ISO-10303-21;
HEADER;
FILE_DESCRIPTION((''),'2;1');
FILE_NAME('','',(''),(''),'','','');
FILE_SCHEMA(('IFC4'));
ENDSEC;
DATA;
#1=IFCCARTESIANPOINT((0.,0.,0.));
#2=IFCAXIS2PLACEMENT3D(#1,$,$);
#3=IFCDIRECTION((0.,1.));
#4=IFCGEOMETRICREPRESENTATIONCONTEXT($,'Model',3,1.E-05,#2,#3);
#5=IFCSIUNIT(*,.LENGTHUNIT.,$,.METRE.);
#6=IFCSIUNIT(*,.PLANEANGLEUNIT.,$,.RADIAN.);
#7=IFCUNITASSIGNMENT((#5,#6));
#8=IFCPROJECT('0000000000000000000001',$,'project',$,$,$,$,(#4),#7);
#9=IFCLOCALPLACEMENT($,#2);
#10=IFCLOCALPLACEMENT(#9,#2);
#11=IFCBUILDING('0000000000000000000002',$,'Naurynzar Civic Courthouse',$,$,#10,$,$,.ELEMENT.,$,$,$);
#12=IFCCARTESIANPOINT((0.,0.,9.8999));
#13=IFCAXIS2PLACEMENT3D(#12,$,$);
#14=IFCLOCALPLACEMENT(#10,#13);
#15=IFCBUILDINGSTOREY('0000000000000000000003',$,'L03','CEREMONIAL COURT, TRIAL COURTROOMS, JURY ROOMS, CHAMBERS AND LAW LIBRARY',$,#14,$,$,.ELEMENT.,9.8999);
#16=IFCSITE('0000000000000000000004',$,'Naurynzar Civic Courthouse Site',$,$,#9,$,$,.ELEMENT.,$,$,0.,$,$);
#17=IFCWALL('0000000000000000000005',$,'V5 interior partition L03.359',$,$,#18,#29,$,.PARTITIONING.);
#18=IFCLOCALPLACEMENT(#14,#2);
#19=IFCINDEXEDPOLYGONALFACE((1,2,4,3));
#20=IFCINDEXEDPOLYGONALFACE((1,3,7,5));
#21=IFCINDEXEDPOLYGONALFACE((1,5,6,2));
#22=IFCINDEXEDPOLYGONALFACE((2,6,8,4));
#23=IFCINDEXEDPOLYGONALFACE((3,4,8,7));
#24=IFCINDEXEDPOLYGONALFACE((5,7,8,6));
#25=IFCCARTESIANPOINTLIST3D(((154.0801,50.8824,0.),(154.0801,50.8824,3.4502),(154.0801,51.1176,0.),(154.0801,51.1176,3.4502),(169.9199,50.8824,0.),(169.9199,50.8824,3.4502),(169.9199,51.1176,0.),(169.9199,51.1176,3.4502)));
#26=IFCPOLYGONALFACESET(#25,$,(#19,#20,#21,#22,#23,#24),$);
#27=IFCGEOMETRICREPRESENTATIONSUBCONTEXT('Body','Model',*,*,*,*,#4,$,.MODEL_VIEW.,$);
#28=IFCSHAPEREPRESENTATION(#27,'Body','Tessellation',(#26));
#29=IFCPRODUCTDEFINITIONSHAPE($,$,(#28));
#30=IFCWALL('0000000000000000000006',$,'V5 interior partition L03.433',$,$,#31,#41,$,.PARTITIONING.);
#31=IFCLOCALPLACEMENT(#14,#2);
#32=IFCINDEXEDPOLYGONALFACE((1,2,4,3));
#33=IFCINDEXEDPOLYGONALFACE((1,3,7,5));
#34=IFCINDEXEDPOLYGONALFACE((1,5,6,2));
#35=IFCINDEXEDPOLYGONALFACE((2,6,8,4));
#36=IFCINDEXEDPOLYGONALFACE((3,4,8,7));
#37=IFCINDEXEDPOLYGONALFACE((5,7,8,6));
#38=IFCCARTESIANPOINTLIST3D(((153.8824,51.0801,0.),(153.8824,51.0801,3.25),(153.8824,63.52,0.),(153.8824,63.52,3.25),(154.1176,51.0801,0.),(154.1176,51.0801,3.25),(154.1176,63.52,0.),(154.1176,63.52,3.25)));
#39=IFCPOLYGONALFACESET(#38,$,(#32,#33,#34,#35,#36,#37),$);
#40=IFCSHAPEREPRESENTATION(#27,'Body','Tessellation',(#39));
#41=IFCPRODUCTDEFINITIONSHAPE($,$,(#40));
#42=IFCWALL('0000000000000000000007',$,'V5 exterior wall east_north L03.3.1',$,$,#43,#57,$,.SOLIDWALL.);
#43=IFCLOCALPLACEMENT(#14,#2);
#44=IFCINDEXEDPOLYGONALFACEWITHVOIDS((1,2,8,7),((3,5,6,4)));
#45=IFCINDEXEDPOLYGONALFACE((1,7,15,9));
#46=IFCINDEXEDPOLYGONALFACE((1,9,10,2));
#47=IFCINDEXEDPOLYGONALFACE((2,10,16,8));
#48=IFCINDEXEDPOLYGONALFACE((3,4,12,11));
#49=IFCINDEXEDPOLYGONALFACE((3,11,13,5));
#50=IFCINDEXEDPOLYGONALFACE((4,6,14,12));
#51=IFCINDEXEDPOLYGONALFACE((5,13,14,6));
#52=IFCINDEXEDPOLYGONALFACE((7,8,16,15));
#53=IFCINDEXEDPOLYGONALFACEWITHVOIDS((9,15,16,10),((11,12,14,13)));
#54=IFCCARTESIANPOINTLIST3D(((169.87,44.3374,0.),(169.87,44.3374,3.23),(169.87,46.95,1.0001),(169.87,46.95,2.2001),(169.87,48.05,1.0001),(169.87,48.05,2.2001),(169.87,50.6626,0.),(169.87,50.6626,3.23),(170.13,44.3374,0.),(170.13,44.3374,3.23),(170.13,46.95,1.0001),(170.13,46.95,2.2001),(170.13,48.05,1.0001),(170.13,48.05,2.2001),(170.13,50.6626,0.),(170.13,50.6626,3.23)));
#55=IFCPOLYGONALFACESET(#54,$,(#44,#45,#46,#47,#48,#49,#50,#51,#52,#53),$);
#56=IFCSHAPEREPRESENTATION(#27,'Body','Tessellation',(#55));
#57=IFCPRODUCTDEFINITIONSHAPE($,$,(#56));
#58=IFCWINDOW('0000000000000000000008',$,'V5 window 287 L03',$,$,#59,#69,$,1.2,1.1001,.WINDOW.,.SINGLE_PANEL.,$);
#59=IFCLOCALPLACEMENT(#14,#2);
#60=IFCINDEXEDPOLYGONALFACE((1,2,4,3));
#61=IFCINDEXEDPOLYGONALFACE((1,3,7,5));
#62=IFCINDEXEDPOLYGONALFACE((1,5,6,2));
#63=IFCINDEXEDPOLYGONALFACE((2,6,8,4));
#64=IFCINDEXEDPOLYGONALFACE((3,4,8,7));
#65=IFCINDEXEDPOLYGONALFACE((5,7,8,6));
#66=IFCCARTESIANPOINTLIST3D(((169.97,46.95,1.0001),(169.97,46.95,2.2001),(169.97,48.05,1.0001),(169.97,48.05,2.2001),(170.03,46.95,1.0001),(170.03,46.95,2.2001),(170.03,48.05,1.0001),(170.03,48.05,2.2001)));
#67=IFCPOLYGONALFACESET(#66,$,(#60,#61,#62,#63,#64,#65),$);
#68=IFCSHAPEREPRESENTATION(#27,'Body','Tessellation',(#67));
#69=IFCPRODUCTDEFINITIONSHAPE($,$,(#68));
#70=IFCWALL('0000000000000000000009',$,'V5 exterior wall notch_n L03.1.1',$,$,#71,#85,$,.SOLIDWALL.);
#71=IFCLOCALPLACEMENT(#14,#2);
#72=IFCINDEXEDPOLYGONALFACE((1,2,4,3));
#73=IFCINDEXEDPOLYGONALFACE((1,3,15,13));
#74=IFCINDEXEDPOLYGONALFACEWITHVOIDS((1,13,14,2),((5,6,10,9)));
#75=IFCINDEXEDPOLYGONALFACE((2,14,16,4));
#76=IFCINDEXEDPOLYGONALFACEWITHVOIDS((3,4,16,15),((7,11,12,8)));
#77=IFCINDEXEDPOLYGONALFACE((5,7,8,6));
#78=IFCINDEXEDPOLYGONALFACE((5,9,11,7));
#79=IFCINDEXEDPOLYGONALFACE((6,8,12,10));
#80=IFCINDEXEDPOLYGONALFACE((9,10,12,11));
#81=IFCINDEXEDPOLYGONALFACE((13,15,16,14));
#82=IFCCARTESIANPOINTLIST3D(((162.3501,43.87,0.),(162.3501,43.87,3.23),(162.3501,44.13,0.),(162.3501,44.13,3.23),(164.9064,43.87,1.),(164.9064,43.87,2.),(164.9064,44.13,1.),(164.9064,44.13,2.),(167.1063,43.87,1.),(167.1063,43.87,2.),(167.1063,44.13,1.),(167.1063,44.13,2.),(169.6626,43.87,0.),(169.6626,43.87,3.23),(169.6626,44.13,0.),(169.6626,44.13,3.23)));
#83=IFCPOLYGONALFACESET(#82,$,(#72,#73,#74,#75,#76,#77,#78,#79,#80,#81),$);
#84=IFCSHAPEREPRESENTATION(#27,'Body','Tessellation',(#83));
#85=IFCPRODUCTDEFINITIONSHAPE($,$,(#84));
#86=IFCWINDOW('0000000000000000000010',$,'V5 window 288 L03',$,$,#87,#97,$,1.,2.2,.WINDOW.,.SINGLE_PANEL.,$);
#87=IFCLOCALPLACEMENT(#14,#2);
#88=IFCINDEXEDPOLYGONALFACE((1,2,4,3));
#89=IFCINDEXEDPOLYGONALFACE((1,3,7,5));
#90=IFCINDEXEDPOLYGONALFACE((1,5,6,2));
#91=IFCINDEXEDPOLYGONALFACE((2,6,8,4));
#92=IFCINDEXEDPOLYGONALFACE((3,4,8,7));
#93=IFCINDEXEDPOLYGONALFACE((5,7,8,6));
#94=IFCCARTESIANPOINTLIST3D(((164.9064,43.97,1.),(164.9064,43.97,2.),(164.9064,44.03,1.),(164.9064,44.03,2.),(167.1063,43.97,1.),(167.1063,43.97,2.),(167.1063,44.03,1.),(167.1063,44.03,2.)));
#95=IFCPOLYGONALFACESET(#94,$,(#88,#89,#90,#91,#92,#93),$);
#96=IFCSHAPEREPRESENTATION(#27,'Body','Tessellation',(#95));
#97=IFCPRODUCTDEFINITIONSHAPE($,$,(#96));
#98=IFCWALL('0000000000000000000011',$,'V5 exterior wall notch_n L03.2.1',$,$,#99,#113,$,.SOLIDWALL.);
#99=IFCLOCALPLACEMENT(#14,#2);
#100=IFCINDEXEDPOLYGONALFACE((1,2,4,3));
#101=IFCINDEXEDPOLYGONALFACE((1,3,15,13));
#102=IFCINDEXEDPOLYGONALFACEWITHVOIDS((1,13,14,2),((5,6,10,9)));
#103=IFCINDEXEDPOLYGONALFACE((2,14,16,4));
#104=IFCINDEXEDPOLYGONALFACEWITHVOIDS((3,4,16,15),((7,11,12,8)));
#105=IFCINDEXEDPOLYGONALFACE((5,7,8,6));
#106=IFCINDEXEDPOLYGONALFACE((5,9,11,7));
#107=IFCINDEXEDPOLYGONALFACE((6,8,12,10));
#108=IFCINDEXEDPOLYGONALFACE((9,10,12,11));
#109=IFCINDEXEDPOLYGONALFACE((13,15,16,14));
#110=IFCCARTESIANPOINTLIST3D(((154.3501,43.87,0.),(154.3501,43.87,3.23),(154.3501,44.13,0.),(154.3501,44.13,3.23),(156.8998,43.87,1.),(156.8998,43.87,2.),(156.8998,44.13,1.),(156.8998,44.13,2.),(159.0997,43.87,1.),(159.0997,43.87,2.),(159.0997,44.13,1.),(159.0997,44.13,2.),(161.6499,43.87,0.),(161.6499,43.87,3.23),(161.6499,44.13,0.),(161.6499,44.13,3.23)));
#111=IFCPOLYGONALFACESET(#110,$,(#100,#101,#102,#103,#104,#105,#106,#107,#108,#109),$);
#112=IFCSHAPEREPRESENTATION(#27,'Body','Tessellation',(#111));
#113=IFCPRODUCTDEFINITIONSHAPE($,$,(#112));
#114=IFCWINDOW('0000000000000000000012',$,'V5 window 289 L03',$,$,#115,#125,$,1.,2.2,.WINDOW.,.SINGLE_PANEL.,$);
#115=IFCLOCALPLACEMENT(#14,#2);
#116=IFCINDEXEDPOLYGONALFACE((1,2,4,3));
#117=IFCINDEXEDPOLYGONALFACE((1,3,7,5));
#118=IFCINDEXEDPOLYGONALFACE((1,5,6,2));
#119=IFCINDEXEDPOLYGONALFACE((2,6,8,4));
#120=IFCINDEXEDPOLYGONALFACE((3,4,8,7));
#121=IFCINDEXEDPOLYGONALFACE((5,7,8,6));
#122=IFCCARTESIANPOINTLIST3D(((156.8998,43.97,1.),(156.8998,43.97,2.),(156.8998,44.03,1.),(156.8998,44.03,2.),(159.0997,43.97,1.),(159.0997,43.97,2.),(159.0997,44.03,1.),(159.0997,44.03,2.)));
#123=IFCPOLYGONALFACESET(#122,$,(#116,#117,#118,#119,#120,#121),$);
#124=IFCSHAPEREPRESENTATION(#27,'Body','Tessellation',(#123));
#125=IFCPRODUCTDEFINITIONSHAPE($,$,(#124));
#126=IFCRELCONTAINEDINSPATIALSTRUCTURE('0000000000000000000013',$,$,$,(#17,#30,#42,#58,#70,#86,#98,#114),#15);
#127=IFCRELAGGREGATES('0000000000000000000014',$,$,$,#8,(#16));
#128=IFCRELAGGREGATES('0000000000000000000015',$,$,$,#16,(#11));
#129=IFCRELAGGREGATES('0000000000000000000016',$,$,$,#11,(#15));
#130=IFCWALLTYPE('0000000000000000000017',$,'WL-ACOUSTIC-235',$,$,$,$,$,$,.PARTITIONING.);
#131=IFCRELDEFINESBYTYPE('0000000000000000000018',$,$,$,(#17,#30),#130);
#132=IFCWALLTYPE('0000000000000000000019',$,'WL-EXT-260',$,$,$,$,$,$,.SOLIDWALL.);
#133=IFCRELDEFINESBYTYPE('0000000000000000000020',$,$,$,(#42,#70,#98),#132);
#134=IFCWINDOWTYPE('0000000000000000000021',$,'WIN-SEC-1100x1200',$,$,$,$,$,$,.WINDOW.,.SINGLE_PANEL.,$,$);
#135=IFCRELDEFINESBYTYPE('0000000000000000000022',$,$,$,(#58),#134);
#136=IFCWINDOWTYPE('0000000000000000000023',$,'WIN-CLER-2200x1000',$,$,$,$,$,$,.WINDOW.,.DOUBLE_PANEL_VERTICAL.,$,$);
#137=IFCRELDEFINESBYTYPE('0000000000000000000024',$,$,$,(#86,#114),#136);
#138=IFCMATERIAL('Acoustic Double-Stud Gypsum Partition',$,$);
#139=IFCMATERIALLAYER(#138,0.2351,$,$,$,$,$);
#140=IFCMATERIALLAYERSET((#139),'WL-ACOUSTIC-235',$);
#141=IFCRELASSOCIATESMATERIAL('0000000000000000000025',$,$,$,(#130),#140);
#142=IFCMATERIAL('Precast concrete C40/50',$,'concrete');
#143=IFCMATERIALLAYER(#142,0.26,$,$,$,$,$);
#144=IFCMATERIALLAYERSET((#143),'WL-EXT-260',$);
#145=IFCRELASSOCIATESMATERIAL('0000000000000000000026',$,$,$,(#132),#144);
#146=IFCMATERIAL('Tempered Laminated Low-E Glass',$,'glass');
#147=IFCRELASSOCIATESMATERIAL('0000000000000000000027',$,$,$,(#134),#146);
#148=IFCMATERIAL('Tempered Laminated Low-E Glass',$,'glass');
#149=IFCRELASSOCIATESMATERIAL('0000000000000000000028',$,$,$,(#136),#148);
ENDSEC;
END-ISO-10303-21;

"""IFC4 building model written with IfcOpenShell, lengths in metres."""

from ifc_helpers import new_model, si_unit, direction, frame, frame_2d, origin, place, context, subcontext, project, spatial, rectangle, extrude, material, layer, layer_set, type_object, element, fill, save


model = new_model("IFC4")

# Units and contexts
model_context = context("Model", 3, precision=1e-05, world=origin(), true_north=direction((0.0, 1.0)))
body_context = subcontext(model_context, "Body", "Model", "MODEL_VIEW")
ifc_project = project(units=[si_unit("LENGTHUNIT", "METRE"), si_unit("PLANEANGLEUNIT", "RADIAN")], contexts=[model_context])

# Site, building, storey
site_placement = place(None, origin())
site = spatial("IfcSite", under=ifc_project, at=site_placement, Name="Naurynzar Civic Courthouse Site", CompositionType="ELEMENT", RefElevation=0.0)
building_placement = place(site_placement, origin())
building = spatial("IfcBuilding", under=site, at=building_placement, Name="Naurynzar Civic Courthouse", CompositionType="ELEMENT")
storey_placement = place(building_placement, frame((0.0, 0.0, 9.8999)))
storey = spatial("IfcBuildingStorey", under=building, at=storey_placement, Name="L03", Description="CEREMONIAL COURT, TRIAL COURTROOMS, JURY ROOMS, CHAMBERS AND LAW LIBRARY", CompositionType="ELEMENT", Elevation=9.8999)

# Walls
ifc_material_1 = material(Name="Acoustic Double-Stud Gypsum Partition")
ifc_layer_1 = layer(ifc_material_1, 0.2351)
ifc_layer_set_1 = layer_set([ifc_layer_1], Name="WL-ACOUSTIC-235")
wall_type_1 = type_object("IfcWallType", Name="WL-ACOUSTIC-235", PredefinedType="PARTITIONING", material=ifc_layer_set_1)
wall_1_placement = place(storey_placement, frame((154.0801, 51.0, 0.0), z_axis=(0.0, 0.0, 1.0), x_axis=(1.0, 0.0, 0.0)))
element("IfcWall", 1, at=wall_1_placement, inside=storey, type_object=wall_type_1, Name="V5 interior partition L03.359", PredefinedType="PARTITIONING", context=body_context, shape_type="SweptSolid", body=[
    extrude(rectangle(XDim=15.8398, YDim=0.2351, at=frame_2d((7.9199, 0.0))), origin(), (0.0, 0.0, 1.0), 3.4502),
])
wall_2_placement = place(storey_placement, frame((154.0, 51.0801, 0.0), z_axis=(0.0, 0.0, 1.0), x_axis=(0.0, 1.0, 0.0)))
element("IfcWall", 2, at=wall_2_placement, inside=storey, type_object=wall_type_1, Name="V5 interior partition L03.433", PredefinedType="PARTITIONING", context=body_context, shape_type="SweptSolid", body=[
    extrude(rectangle(XDim=12.4399, YDim=0.2351, at=frame_2d((6.22, 0.0))), origin(), (0.0, 0.0, 1.0), 3.25),
])

# Walls, openings, windows
ifc_material_2 = material(Name="Precast concrete C40/50", Category="concrete")
ifc_layer_2 = layer(ifc_material_2, 0.26)
ifc_layer_set_2 = layer_set([ifc_layer_2], Name="WL-EXT-260")
wall_type_2 = type_object("IfcWallType", Name="WL-EXT-260", PredefinedType="SOLIDWALL", material=ifc_layer_set_2)
wall_3_placement = place(storey_placement, frame((170.0, 50.6626, 0.0), z_axis=(0.0, 0.0, 1.0), x_axis=(0.0, -1.0, 0.0)))
wall_3 = element("IfcWall", 3, at=wall_3_placement, inside=storey, type_object=wall_type_2, Name="V5 exterior wall east_north L03.3.1", PredefinedType="SOLIDWALL", context=body_context, shape_type="SweptSolid", body=[
    extrude(rectangle(XDim=6.3252, YDim=0.26, at=frame_2d((3.1626, 0.0))), origin(), (0.0, 0.0, 1.0), 3.23),
])
opening_1_placement = place(wall_3_placement, frame((2.6125, 0.0, 1.0)))
opening_1 = element("IfcOpeningElement", 4, at=opening_1_placement, cuts=wall_3, PredefinedType="OPENING", context=body_context, shape_type="SweptSolid", body=[
    extrude(rectangle(XDim=1.1001, YDim=1.2, at=frame_2d((0.55, 0.6001))), frame((0.0, 0.1399, 0.0), z_axis=(0.0, -1.0, 0.0), x_axis=(1.0, 0.0, 0.0)), (0.0, 0.0, 1.0), 0.28),
])
ifc_material_3 = material(Name="Tempered Laminated Low-E Glass", Category="glass")
window_type_1 = type_object("IfcWindowType", Name="WIN-SEC-1100x1200", PartitioningType="SINGLE_PANEL", PredefinedType="WINDOW", material=ifc_material_3)
window_1_placement = place(opening_1_placement, origin())
window_1 = element("IfcWindow", 5, at=window_1_placement, inside=storey, type_object=window_type_1, Name="V5 window 287 L03", OverallHeight=1.2, OverallWidth=1.1001, PartitioningType="SINGLE_PANEL", PredefinedType="WINDOW", context=body_context, shape_type="SweptSolid", body=[
    extrude(rectangle(XDim=1.1001, YDim=1.2, at=frame_2d((0.55, 0.6001))), frame((0.0, 0.03, 0.0), z_axis=(0.0, -1.0, 0.0), x_axis=(1.0, 0.0, 0.0)), (0.0, 0.0, 1.0), 0.0601),
])
fill(opening_1, window_1)
wall_4_placement = place(storey_placement, frame((169.6626, 44.0, 0.0), z_axis=(0.0, 0.0, 1.0), x_axis=(-1.0, 0.0, 0.0)))
wall_4 = element("IfcWall", 6, at=wall_4_placement, inside=storey, type_object=wall_type_2, Name="V5 exterior wall notch_n L03.1.1", PredefinedType="SOLIDWALL", context=body_context, shape_type="SweptSolid", body=[
    extrude(rectangle(XDim=7.3125, YDim=0.26, at=frame_2d((3.6562, 0.0))), origin(), (0.0, 0.0, 1.0), 3.23),
])
opening_2_placement = place(wall_4_placement, frame((2.5562, 0.0, 1.0)))
opening_2 = element("IfcOpeningElement", 7, at=opening_2_placement, cuts=wall_4, PredefinedType="OPENING", context=body_context, shape_type="SweptSolid", body=[
    extrude(rectangle(XDim=2.2, YDim=1.0, at=frame_2d((1.1001, 0.5))), frame((0.0, 0.1399, 0.0), z_axis=(0.0, -1.0, 0.0), x_axis=(1.0, 0.0, 0.0)), (0.0, 0.0, 1.0), 0.28),
])
ifc_material_4 = material(Name="Tempered Laminated Low-E Glass", Category="glass")
window_type_2 = type_object("IfcWindowType", Name="WIN-CLER-2200x1000", PartitioningType="DOUBLE_PANEL_VERTICAL", PredefinedType="WINDOW", material=ifc_material_4)
window_2_placement = place(opening_2_placement, origin())
window_2 = element("IfcWindow", 8, at=window_2_placement, inside=storey, type_object=window_type_2, Name="V5 window 288 L03", OverallHeight=1.0, OverallWidth=2.2, PartitioningType="SINGLE_PANEL", PredefinedType="WINDOW", context=body_context, shape_type="SweptSolid", body=[
    extrude(rectangle(XDim=2.2, YDim=1.0, at=frame_2d((1.1001, 0.5))), frame((0.0, 0.03, 0.0), z_axis=(0.0, -1.0, 0.0), x_axis=(1.0, 0.0, 0.0)), (0.0, 0.0, 1.0), 0.0601),
])
fill(opening_2, window_2)
wall_5_placement = place(storey_placement, frame((161.6499, 44.0, 0.0), z_axis=(0.0, 0.0, 1.0), x_axis=(-1.0, 0.0, 0.0)))
wall_5 = element("IfcWall", 9, at=wall_5_placement, inside=storey, type_object=wall_type_2, Name="V5 exterior wall notch_n L03.2.1", PredefinedType="SOLIDWALL", context=body_context, shape_type="SweptSolid", body=[
    extrude(rectangle(XDim=7.2998, YDim=0.26, at=frame_2d((3.6499, 0.0))), origin(), (0.0, 0.0, 1.0), 3.23),
])
opening_3_placement = place(wall_5_placement, frame((2.55, 0.0, 1.0)))
opening_3 = element("IfcOpeningElement", 10, at=opening_3_placement, cuts=wall_5, PredefinedType="OPENING", context=body_context, shape_type="SweptSolid", body=[
    extrude(rectangle(XDim=2.2, YDim=1.0, at=frame_2d((1.1001, 0.5))), frame((0.0, 0.1399, 0.0), z_axis=(0.0, -1.0, 0.0), x_axis=(1.0, 0.0, 0.0)), (0.0, 0.0, 1.0), 0.28),
])
window_3_placement = place(opening_3_placement, origin())
window_3 = element("IfcWindow", 11, at=window_3_placement, inside=storey, type_object=window_type_2, Name="V5 window 289 L03", OverallHeight=1.0, OverallWidth=2.2, PartitioningType="SINGLE_PANEL", PredefinedType="WINDOW", context=body_context, shape_type="SweptSolid", body=[
    extrude(rectangle(XDim=2.2, YDim=1.0, at=frame_2d((1.1001, 0.5))), frame((0.0, 0.03, 0.0), z_axis=(0.0, -1.0, 0.0), x_axis=(1.0, 0.0, 0.0)), (0.0, 0.0, 1.0), 0.0601),
])
fill(opening_3, window_3)

save(model, "model.ifc")
